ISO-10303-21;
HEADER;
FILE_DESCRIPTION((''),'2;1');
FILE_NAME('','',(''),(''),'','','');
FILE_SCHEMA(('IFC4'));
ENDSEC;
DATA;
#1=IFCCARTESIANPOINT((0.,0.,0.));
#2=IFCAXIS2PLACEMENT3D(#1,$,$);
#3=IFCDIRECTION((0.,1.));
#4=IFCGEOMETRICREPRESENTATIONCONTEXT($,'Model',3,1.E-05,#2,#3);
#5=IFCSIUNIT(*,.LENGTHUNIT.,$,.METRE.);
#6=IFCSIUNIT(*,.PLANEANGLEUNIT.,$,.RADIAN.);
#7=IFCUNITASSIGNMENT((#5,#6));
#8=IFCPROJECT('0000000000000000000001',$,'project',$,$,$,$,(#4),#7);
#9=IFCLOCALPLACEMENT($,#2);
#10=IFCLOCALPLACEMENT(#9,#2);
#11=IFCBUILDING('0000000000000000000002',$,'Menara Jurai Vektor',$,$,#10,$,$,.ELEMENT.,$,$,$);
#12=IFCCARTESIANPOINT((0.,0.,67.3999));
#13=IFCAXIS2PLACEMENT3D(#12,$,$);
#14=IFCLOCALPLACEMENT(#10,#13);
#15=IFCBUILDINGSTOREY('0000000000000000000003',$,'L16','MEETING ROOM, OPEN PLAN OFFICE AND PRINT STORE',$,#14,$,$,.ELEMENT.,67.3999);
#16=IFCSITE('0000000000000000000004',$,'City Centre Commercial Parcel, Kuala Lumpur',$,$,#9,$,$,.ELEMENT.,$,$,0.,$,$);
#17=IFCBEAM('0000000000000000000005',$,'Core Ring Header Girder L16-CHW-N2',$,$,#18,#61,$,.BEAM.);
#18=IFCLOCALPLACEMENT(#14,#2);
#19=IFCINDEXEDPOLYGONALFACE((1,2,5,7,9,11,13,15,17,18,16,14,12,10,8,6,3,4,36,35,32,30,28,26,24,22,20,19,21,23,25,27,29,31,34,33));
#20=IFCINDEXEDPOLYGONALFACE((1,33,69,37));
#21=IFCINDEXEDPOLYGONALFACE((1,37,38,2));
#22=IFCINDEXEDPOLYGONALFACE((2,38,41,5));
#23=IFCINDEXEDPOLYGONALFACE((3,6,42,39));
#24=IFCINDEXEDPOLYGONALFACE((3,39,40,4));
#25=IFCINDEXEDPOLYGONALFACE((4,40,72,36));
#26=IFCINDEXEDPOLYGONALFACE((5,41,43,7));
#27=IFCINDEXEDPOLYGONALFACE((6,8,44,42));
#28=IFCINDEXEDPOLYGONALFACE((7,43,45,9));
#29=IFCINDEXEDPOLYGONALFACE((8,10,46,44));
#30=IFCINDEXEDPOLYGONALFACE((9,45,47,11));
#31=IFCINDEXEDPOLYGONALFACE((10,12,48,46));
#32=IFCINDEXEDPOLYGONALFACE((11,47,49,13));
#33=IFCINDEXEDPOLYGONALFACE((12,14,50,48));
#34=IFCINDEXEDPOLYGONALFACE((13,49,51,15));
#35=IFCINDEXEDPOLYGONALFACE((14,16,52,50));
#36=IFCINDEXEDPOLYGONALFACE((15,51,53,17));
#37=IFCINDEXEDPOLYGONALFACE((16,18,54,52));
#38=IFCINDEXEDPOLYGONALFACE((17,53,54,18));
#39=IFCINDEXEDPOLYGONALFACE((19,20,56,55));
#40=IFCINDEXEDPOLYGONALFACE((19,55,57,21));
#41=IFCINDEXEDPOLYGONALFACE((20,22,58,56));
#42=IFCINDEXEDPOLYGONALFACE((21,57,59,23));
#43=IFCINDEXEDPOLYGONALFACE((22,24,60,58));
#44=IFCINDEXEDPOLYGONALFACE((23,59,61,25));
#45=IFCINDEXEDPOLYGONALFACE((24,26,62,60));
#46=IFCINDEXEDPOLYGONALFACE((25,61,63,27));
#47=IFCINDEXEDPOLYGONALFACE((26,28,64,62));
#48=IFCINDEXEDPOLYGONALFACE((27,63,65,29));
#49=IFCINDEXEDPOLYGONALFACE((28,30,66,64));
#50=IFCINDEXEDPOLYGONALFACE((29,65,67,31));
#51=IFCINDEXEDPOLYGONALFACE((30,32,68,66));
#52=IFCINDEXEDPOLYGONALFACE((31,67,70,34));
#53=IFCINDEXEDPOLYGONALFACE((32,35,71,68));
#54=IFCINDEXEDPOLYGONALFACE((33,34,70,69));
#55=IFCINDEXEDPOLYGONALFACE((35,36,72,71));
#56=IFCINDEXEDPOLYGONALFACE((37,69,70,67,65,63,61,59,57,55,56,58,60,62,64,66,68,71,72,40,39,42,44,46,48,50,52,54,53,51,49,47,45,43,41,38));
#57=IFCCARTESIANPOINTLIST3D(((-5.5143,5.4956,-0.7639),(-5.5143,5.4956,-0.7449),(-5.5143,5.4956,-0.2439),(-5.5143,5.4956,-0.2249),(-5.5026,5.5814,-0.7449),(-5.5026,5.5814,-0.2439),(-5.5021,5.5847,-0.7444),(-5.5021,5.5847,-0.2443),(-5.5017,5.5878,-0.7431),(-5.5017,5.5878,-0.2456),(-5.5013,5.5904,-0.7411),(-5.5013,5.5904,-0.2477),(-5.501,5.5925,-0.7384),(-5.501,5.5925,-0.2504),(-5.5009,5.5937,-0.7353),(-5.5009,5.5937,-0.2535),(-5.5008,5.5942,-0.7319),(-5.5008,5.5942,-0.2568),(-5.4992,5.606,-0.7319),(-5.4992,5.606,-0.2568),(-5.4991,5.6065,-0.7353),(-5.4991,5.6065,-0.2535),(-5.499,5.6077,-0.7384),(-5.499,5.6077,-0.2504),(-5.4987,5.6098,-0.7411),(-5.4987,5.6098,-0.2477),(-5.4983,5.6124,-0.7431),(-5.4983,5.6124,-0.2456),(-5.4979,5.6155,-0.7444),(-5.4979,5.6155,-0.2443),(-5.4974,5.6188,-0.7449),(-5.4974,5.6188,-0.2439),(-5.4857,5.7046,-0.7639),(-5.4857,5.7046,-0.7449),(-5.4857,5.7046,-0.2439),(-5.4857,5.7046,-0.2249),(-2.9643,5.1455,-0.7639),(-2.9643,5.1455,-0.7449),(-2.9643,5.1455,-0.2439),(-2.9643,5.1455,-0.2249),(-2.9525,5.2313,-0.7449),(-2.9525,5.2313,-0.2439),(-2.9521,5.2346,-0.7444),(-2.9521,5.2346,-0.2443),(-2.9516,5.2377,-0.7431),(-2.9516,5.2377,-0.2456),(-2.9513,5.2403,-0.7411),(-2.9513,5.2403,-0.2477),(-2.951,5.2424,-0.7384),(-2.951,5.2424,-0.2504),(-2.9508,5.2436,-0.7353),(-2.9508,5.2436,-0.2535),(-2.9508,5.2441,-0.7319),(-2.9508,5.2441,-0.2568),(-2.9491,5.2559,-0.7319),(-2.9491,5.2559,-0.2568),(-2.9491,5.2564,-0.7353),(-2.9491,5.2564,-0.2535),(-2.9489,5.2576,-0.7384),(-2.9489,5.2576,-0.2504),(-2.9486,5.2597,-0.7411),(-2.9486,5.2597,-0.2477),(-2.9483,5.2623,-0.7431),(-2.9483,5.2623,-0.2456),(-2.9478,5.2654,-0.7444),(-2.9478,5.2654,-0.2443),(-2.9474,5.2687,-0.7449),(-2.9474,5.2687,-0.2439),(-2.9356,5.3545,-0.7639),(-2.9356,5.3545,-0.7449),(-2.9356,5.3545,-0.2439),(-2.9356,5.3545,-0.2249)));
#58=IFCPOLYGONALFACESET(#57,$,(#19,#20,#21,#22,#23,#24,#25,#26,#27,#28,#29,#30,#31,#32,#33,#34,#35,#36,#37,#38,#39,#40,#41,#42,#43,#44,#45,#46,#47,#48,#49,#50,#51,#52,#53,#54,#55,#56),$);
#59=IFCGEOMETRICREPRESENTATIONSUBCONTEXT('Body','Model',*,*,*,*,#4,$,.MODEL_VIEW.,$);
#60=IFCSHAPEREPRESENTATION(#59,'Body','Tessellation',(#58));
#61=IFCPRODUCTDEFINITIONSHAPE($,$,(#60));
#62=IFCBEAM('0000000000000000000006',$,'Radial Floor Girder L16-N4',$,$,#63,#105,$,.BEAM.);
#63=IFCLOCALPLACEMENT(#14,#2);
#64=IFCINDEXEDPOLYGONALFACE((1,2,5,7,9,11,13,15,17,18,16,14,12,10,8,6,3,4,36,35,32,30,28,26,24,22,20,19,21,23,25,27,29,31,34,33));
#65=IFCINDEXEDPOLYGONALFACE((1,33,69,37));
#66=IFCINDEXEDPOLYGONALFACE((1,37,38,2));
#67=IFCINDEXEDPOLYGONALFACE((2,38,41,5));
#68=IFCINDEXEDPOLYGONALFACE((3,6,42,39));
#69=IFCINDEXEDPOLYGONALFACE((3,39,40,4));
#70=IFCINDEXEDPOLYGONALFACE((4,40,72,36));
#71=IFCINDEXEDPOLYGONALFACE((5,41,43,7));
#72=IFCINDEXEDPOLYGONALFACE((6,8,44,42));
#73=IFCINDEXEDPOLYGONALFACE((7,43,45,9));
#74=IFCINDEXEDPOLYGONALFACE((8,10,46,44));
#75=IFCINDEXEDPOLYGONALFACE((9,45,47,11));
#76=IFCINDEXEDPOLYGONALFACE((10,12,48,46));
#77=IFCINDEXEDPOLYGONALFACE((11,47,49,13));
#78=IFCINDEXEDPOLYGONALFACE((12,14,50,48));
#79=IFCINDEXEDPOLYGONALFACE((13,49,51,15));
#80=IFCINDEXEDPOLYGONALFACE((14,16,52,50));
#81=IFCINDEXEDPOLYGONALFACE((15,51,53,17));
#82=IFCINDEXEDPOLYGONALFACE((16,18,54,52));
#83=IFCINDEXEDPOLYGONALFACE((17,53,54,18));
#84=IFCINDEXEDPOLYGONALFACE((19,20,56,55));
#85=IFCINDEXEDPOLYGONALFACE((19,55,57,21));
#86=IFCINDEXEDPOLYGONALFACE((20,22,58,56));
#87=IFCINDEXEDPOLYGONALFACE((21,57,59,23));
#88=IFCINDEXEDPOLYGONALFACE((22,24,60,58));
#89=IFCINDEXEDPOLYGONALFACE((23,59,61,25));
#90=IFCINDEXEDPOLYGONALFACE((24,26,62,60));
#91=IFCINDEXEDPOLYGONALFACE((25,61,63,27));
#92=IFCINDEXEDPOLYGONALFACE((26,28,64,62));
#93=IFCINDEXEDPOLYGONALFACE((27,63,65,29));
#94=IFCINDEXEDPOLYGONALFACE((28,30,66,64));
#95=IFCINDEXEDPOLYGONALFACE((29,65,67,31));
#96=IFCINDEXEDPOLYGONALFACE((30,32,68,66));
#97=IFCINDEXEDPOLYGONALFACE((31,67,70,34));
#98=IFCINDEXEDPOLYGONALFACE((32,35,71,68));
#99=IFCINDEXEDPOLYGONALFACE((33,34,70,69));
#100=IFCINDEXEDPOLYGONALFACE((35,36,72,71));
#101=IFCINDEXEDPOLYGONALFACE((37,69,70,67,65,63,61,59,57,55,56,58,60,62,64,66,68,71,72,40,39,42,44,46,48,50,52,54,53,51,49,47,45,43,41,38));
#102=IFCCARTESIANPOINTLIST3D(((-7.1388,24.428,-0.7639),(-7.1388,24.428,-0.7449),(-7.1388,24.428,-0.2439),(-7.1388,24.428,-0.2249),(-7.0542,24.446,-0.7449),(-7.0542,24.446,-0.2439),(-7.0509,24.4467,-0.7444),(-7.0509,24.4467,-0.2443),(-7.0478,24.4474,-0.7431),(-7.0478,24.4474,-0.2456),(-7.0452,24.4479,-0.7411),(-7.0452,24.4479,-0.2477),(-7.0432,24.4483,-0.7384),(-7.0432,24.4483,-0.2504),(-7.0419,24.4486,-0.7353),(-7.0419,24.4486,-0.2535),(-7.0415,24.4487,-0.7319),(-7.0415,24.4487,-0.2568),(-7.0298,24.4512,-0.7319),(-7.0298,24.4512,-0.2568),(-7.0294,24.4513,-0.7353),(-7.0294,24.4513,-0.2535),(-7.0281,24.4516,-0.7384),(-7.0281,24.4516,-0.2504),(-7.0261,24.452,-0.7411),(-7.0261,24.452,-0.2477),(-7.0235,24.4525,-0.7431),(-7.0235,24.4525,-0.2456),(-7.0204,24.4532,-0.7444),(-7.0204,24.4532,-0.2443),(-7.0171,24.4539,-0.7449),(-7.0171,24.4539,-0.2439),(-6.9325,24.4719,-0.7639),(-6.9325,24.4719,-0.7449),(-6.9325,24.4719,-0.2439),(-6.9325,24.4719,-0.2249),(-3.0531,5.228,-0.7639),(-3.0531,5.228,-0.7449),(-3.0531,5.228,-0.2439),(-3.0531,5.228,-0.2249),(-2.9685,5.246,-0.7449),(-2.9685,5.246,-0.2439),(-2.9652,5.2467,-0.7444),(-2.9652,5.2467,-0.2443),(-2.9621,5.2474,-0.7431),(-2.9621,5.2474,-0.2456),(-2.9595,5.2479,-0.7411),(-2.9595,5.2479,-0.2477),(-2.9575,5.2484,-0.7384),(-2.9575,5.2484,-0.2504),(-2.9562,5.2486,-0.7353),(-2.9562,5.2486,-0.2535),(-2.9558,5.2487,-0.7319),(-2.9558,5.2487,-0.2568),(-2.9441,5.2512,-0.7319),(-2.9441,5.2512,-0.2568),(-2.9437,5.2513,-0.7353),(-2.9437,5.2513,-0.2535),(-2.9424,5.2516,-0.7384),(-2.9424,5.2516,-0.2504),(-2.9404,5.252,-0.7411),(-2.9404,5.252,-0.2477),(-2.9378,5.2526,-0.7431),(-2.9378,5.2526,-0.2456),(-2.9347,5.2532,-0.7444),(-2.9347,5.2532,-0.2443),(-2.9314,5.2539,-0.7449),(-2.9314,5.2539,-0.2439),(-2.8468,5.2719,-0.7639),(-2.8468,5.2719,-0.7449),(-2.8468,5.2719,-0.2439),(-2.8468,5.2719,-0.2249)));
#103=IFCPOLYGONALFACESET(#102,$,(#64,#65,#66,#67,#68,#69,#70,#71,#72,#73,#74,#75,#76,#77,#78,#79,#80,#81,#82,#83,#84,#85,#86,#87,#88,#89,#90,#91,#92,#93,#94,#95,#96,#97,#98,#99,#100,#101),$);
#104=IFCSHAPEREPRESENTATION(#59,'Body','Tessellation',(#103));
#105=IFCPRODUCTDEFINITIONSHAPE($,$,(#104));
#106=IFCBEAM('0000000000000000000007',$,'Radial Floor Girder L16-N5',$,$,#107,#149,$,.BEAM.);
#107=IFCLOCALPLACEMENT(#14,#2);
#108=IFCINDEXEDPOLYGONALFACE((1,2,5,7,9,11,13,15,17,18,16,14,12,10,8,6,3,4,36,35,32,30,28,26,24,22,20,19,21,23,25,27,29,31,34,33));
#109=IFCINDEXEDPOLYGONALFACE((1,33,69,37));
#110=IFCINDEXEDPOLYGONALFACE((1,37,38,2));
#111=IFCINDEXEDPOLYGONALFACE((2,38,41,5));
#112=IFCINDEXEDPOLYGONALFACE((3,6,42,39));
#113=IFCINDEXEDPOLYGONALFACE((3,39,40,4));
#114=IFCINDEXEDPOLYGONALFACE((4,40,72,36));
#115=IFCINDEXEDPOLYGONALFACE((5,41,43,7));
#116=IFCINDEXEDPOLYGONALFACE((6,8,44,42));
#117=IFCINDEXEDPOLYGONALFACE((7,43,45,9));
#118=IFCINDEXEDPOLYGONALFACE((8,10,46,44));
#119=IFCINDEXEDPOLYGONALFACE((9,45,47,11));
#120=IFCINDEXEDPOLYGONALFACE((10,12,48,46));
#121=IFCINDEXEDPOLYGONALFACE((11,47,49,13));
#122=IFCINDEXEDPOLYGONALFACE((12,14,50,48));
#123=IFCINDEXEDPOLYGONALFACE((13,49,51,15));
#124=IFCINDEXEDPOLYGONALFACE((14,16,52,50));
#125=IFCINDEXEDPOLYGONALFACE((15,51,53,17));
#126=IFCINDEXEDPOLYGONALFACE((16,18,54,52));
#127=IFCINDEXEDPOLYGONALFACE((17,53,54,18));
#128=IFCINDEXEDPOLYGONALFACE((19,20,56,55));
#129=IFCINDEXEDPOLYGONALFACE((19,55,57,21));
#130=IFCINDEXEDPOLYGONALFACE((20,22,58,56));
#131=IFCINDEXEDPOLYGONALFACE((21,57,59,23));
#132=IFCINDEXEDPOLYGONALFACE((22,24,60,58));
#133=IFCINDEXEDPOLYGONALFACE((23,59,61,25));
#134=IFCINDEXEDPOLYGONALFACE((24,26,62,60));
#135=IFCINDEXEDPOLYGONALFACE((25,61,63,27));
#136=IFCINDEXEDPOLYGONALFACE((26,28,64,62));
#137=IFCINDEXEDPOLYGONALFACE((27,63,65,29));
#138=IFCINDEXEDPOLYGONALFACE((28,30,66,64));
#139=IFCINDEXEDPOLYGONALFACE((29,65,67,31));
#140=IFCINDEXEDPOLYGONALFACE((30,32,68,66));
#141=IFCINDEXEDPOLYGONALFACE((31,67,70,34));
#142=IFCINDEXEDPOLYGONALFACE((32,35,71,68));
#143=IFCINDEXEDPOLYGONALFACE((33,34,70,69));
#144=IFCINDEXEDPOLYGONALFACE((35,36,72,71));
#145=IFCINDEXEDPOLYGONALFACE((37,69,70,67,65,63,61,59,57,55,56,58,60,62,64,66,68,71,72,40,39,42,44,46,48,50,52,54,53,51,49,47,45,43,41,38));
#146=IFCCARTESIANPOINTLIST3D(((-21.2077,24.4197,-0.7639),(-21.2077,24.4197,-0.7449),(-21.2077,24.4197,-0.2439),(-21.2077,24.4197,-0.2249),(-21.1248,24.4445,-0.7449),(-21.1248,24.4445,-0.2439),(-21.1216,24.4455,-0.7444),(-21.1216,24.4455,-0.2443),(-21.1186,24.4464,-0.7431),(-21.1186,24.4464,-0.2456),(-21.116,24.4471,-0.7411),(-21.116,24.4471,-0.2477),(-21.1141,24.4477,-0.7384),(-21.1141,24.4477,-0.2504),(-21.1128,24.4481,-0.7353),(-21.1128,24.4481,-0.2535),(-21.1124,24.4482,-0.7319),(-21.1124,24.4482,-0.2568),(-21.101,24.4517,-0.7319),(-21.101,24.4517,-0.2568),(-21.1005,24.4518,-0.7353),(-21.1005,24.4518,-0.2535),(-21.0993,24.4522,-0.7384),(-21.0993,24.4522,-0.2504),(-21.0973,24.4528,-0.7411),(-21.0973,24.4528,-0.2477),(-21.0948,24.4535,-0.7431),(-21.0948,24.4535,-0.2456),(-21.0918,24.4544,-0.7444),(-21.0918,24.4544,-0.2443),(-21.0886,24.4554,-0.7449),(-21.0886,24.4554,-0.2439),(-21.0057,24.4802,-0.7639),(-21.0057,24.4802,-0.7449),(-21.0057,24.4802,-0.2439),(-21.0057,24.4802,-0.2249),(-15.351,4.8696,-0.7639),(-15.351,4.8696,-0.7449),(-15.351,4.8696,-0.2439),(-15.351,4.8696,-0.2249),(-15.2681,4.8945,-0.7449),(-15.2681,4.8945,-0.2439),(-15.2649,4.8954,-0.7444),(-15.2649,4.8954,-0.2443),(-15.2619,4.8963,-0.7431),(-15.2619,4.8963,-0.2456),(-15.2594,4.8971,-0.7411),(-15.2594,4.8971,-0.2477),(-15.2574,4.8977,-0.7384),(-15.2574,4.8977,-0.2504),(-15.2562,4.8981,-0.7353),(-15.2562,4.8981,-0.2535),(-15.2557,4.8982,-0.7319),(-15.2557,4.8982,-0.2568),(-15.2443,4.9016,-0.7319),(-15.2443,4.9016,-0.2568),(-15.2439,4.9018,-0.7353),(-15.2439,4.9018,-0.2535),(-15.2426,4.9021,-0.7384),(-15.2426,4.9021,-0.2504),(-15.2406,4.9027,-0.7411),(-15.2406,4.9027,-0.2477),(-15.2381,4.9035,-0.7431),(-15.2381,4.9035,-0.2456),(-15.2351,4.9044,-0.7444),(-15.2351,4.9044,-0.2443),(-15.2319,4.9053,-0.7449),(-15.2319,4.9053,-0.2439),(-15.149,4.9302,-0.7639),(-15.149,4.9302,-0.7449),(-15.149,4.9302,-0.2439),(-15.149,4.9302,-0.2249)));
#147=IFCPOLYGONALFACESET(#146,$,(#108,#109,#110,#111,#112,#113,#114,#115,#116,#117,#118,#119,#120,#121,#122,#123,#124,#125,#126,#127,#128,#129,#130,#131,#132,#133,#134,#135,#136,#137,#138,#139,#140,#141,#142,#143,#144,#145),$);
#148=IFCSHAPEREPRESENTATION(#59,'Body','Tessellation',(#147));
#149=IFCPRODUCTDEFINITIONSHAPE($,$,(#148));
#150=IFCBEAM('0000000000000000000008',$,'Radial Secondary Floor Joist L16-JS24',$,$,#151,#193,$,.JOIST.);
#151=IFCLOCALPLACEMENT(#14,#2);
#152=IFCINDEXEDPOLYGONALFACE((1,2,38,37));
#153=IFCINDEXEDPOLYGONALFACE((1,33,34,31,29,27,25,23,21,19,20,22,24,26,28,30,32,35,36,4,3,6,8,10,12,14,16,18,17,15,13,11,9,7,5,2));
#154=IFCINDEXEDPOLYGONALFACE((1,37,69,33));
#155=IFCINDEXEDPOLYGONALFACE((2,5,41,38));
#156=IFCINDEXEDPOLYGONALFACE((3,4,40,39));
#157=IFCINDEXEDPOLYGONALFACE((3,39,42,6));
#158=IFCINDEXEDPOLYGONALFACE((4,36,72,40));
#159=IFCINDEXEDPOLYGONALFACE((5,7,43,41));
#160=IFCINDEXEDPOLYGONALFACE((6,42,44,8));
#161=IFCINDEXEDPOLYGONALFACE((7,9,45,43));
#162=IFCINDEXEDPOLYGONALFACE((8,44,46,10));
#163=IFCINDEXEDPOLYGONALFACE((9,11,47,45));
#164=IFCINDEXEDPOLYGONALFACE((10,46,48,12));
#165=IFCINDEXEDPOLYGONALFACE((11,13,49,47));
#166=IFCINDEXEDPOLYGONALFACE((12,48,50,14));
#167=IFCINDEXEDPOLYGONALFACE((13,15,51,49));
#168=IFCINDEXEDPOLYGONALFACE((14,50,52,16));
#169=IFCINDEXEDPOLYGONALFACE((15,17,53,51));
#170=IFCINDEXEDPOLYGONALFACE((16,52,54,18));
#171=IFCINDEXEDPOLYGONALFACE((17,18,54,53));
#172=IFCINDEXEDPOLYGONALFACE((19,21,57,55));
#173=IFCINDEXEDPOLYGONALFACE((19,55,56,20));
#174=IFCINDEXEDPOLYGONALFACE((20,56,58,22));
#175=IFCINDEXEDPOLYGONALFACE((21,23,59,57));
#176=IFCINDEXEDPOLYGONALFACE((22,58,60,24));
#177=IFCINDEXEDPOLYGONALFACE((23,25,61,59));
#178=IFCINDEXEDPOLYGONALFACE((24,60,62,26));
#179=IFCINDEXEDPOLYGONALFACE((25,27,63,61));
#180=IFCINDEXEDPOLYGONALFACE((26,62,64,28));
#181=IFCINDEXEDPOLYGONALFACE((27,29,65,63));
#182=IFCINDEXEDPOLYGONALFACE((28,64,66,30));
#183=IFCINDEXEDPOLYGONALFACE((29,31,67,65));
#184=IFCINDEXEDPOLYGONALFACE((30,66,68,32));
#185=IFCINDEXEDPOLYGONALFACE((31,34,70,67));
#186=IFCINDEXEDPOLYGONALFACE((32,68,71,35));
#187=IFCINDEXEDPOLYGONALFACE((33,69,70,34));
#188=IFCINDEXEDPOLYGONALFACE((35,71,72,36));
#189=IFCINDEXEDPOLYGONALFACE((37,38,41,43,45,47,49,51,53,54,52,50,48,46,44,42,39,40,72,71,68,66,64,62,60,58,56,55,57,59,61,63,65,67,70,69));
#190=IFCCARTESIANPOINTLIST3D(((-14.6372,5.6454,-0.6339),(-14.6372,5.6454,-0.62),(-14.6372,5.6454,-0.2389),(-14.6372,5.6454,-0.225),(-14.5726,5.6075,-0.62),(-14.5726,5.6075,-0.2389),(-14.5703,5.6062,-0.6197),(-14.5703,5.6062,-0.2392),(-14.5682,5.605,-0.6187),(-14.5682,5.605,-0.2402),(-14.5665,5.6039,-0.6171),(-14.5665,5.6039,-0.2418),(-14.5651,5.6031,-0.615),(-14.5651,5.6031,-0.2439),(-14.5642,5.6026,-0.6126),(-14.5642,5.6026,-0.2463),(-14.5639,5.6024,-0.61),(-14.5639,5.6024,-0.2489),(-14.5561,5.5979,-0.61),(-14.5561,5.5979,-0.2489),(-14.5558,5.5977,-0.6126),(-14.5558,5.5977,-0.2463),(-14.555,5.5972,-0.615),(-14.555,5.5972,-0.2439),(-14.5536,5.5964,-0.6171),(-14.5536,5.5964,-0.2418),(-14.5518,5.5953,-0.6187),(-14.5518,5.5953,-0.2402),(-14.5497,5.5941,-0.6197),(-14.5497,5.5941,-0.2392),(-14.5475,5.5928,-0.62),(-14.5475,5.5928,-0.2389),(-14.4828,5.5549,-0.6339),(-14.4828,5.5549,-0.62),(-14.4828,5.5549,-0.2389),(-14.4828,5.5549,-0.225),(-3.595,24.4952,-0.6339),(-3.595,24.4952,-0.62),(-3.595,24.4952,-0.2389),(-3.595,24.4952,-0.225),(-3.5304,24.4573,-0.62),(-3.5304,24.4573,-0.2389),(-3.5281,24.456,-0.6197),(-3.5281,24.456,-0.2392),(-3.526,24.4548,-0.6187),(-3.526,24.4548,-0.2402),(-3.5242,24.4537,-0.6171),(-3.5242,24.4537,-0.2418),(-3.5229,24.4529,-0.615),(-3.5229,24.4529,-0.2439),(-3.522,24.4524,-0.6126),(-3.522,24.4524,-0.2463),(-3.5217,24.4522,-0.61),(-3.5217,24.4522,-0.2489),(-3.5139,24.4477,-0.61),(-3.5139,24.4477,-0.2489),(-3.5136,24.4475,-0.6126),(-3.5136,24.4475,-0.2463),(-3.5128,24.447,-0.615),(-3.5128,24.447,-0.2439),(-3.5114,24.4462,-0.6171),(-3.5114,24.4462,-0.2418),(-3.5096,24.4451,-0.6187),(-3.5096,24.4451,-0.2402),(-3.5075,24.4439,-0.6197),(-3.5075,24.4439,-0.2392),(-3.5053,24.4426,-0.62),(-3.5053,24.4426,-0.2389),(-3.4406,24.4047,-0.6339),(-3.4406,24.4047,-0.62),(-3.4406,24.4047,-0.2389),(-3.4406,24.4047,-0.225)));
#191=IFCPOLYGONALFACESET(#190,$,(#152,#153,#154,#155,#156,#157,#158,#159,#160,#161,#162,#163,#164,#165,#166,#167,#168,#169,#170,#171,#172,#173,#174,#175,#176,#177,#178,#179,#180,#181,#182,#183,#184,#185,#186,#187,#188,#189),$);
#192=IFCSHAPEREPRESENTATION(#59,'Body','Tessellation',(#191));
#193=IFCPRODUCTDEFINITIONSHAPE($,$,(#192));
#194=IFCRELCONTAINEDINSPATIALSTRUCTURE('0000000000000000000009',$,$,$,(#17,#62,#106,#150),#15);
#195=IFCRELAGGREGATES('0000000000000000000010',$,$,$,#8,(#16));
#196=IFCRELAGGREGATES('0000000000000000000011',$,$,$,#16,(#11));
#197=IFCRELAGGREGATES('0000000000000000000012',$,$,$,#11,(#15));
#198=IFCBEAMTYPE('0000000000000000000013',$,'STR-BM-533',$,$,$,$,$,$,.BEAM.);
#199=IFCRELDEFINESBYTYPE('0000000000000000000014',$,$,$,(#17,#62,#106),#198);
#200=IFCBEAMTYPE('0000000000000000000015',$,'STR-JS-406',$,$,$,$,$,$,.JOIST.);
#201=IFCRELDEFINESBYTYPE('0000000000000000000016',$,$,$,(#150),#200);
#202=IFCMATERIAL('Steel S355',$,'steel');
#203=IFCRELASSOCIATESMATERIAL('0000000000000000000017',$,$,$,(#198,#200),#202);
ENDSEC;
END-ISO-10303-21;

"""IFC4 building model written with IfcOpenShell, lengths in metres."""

from ifc_helpers import new_model, si_unit, direction, frame, origin, origin_2d, place, context, subcontext, project, spatial, i_section, extrude, material, material_profile, profile_set, type_object, element, save


model = new_model("IFC4")

# Units and contexts
model_context = context("Model", 3, precision=1e-05, world=origin(), true_north=direction((0.0, 1.0)))
body_context = subcontext(model_context, "Body", "Model", "MODEL_VIEW")
ifc_project = project(units=[si_unit("LENGTHUNIT", "METRE"), si_unit("PLANEANGLEUNIT", "RADIAN")], contexts=[model_context])

# Site, building, storey
site_placement = place(None, origin())
site = spatial("IfcSite", under=ifc_project, at=site_placement, Name="City Centre Commercial Parcel, Kuala Lumpur", CompositionType="ELEMENT", RefElevation=0.0)
building_placement = place(site_placement, origin())
building = spatial("IfcBuilding", under=site, at=building_placement, Name="Menara Jurai Vektor", CompositionType="ELEMENT")
storey_placement = place(building_placement, frame((0.0, 0.0, 67.3999)))
storey = spatial("IfcBuildingStorey", under=building, at=storey_placement, Name="L16", Description="MEETING ROOM, OPEN PLAN OFFICE AND PRINT STORE", CompositionType="ELEMENT", Elevation=67.3999)

# Beams
ifc_material_1 = material(Name="Steel S355", Category="steel")
ifc_material_profile_1 = material_profile(ifc_material_1, i_section(OverallWidth=0.2109, OverallDepth=0.5391, WebThickness=0.012, FlangeThickness=0.019, FilletRadius=0.0129, at=origin_2d()), Name="UKB 533x210x109")
ifc_profile_set_1 = profile_set([ifc_material_profile_1], Name="Steel S355")
beam_type_1 = type_object("IfcBeamType", Name="STR-BM-533", PredefinedType="BEAM", material=ifc_profile_set_1)
beam_1_placement = place(storey_placement, frame((-5.5, 5.6001, -0.4944), z_axis=(0.990707, -0.136015, 0.0), x_axis=(0.136015, 0.990707, 0.0)))
element("IfcBeam", 1, at=beam_1_placement, inside=storey, type_object=beam_type_1, Name="Core Ring Header Girder L16-CHW-N2", PredefinedType="BEAM", context=body_context, shape_type="SweptSolid", body=[
    extrude(i_section(OverallWidth=0.2109, OverallDepth=0.5391, WebThickness=0.012, FlangeThickness=0.019, FilletRadius=0.0129, at=origin_2d()), origin(), (0.0, 0.0, 1.0), 2.574),
])
beam_2_placement = place(storey_placement, frame((-7.0356, 24.45, -0.4944), z_axis=(0.208137, -0.9781, 0.0), x_axis=(0.9781, 0.208137, 0.0)))
element("IfcBeam", 2, at=beam_2_placement, inside=storey, type_object=beam_type_1, Name="Radial Floor Girder L16-N4", PredefinedType="BEAM", context=body_context, shape_type="SweptSolid", body=[
    extrude(i_section(OverallWidth=0.2109, OverallDepth=0.5391, WebThickness=0.012, FlangeThickness=0.019, FilletRadius=0.0129, at=origin_2d()), origin(), (0.0, 0.0, 1.0), 19.6299),
])
beam_3_placement = place(storey_placement, frame((-21.1067, 24.45, -0.4944), z_axis=(0.286974, -0.957938, 0.0), x_axis=(0.957938, 0.286974, 0.0)))
element("IfcBeam", 3, at=beam_3_placement, inside=storey, type_object=beam_type_1, Name="Radial Floor Girder L16-N5", PredefinedType="BEAM", context=body_context, shape_type="SweptSolid", body=[
    extrude(i_section(OverallWidth=0.2109, OverallDepth=0.5391, WebThickness=0.012, FlangeThickness=0.019, FilletRadius=0.0129, at=origin_2d()), origin(), (0.0, 0.0, 1.0), 20.4084),
])
ifc_material_profile_2 = material_profile(ifc_material_1, i_section(OverallWidth=0.179, OverallDepth=0.4089, WebThickness=0.009, FlangeThickness=0.0139, FilletRadius=0.01, at=origin_2d()), Name="UKB 406x178x67")
ifc_profile_set_2 = profile_set([ifc_material_profile_2], Name="Steel S355")
beam_type_2 = type_object("IfcBeamType", Name="STR-JS-406", PredefinedType="JOIST", material=ifc_profile_set_2)
beam_4_placement = place(storey_placement, frame((-3.5178, 24.45, -0.4294), z_axis=(-0.505458, -0.862851, 0.0), x_axis=(0.862851, -0.505458, 0.0)))
element("IfcBeam", 4, at=beam_4_placement, inside=storey, type_object=beam_type_2, Name="Radial Secondary Floor Joist L16-JS24", PredefinedType="JOIST", context=body_context, shape_type="SweptSolid", body=[
    extrude(i_section(OverallWidth=0.179, OverallDepth=0.4089, WebThickness=0.009, FlangeThickness=0.0139, FilletRadius=0.01, at=origin_2d()), origin(), (0.0, 0.0, 1.0), 21.8459),
])

save(model, "model.ifc")
